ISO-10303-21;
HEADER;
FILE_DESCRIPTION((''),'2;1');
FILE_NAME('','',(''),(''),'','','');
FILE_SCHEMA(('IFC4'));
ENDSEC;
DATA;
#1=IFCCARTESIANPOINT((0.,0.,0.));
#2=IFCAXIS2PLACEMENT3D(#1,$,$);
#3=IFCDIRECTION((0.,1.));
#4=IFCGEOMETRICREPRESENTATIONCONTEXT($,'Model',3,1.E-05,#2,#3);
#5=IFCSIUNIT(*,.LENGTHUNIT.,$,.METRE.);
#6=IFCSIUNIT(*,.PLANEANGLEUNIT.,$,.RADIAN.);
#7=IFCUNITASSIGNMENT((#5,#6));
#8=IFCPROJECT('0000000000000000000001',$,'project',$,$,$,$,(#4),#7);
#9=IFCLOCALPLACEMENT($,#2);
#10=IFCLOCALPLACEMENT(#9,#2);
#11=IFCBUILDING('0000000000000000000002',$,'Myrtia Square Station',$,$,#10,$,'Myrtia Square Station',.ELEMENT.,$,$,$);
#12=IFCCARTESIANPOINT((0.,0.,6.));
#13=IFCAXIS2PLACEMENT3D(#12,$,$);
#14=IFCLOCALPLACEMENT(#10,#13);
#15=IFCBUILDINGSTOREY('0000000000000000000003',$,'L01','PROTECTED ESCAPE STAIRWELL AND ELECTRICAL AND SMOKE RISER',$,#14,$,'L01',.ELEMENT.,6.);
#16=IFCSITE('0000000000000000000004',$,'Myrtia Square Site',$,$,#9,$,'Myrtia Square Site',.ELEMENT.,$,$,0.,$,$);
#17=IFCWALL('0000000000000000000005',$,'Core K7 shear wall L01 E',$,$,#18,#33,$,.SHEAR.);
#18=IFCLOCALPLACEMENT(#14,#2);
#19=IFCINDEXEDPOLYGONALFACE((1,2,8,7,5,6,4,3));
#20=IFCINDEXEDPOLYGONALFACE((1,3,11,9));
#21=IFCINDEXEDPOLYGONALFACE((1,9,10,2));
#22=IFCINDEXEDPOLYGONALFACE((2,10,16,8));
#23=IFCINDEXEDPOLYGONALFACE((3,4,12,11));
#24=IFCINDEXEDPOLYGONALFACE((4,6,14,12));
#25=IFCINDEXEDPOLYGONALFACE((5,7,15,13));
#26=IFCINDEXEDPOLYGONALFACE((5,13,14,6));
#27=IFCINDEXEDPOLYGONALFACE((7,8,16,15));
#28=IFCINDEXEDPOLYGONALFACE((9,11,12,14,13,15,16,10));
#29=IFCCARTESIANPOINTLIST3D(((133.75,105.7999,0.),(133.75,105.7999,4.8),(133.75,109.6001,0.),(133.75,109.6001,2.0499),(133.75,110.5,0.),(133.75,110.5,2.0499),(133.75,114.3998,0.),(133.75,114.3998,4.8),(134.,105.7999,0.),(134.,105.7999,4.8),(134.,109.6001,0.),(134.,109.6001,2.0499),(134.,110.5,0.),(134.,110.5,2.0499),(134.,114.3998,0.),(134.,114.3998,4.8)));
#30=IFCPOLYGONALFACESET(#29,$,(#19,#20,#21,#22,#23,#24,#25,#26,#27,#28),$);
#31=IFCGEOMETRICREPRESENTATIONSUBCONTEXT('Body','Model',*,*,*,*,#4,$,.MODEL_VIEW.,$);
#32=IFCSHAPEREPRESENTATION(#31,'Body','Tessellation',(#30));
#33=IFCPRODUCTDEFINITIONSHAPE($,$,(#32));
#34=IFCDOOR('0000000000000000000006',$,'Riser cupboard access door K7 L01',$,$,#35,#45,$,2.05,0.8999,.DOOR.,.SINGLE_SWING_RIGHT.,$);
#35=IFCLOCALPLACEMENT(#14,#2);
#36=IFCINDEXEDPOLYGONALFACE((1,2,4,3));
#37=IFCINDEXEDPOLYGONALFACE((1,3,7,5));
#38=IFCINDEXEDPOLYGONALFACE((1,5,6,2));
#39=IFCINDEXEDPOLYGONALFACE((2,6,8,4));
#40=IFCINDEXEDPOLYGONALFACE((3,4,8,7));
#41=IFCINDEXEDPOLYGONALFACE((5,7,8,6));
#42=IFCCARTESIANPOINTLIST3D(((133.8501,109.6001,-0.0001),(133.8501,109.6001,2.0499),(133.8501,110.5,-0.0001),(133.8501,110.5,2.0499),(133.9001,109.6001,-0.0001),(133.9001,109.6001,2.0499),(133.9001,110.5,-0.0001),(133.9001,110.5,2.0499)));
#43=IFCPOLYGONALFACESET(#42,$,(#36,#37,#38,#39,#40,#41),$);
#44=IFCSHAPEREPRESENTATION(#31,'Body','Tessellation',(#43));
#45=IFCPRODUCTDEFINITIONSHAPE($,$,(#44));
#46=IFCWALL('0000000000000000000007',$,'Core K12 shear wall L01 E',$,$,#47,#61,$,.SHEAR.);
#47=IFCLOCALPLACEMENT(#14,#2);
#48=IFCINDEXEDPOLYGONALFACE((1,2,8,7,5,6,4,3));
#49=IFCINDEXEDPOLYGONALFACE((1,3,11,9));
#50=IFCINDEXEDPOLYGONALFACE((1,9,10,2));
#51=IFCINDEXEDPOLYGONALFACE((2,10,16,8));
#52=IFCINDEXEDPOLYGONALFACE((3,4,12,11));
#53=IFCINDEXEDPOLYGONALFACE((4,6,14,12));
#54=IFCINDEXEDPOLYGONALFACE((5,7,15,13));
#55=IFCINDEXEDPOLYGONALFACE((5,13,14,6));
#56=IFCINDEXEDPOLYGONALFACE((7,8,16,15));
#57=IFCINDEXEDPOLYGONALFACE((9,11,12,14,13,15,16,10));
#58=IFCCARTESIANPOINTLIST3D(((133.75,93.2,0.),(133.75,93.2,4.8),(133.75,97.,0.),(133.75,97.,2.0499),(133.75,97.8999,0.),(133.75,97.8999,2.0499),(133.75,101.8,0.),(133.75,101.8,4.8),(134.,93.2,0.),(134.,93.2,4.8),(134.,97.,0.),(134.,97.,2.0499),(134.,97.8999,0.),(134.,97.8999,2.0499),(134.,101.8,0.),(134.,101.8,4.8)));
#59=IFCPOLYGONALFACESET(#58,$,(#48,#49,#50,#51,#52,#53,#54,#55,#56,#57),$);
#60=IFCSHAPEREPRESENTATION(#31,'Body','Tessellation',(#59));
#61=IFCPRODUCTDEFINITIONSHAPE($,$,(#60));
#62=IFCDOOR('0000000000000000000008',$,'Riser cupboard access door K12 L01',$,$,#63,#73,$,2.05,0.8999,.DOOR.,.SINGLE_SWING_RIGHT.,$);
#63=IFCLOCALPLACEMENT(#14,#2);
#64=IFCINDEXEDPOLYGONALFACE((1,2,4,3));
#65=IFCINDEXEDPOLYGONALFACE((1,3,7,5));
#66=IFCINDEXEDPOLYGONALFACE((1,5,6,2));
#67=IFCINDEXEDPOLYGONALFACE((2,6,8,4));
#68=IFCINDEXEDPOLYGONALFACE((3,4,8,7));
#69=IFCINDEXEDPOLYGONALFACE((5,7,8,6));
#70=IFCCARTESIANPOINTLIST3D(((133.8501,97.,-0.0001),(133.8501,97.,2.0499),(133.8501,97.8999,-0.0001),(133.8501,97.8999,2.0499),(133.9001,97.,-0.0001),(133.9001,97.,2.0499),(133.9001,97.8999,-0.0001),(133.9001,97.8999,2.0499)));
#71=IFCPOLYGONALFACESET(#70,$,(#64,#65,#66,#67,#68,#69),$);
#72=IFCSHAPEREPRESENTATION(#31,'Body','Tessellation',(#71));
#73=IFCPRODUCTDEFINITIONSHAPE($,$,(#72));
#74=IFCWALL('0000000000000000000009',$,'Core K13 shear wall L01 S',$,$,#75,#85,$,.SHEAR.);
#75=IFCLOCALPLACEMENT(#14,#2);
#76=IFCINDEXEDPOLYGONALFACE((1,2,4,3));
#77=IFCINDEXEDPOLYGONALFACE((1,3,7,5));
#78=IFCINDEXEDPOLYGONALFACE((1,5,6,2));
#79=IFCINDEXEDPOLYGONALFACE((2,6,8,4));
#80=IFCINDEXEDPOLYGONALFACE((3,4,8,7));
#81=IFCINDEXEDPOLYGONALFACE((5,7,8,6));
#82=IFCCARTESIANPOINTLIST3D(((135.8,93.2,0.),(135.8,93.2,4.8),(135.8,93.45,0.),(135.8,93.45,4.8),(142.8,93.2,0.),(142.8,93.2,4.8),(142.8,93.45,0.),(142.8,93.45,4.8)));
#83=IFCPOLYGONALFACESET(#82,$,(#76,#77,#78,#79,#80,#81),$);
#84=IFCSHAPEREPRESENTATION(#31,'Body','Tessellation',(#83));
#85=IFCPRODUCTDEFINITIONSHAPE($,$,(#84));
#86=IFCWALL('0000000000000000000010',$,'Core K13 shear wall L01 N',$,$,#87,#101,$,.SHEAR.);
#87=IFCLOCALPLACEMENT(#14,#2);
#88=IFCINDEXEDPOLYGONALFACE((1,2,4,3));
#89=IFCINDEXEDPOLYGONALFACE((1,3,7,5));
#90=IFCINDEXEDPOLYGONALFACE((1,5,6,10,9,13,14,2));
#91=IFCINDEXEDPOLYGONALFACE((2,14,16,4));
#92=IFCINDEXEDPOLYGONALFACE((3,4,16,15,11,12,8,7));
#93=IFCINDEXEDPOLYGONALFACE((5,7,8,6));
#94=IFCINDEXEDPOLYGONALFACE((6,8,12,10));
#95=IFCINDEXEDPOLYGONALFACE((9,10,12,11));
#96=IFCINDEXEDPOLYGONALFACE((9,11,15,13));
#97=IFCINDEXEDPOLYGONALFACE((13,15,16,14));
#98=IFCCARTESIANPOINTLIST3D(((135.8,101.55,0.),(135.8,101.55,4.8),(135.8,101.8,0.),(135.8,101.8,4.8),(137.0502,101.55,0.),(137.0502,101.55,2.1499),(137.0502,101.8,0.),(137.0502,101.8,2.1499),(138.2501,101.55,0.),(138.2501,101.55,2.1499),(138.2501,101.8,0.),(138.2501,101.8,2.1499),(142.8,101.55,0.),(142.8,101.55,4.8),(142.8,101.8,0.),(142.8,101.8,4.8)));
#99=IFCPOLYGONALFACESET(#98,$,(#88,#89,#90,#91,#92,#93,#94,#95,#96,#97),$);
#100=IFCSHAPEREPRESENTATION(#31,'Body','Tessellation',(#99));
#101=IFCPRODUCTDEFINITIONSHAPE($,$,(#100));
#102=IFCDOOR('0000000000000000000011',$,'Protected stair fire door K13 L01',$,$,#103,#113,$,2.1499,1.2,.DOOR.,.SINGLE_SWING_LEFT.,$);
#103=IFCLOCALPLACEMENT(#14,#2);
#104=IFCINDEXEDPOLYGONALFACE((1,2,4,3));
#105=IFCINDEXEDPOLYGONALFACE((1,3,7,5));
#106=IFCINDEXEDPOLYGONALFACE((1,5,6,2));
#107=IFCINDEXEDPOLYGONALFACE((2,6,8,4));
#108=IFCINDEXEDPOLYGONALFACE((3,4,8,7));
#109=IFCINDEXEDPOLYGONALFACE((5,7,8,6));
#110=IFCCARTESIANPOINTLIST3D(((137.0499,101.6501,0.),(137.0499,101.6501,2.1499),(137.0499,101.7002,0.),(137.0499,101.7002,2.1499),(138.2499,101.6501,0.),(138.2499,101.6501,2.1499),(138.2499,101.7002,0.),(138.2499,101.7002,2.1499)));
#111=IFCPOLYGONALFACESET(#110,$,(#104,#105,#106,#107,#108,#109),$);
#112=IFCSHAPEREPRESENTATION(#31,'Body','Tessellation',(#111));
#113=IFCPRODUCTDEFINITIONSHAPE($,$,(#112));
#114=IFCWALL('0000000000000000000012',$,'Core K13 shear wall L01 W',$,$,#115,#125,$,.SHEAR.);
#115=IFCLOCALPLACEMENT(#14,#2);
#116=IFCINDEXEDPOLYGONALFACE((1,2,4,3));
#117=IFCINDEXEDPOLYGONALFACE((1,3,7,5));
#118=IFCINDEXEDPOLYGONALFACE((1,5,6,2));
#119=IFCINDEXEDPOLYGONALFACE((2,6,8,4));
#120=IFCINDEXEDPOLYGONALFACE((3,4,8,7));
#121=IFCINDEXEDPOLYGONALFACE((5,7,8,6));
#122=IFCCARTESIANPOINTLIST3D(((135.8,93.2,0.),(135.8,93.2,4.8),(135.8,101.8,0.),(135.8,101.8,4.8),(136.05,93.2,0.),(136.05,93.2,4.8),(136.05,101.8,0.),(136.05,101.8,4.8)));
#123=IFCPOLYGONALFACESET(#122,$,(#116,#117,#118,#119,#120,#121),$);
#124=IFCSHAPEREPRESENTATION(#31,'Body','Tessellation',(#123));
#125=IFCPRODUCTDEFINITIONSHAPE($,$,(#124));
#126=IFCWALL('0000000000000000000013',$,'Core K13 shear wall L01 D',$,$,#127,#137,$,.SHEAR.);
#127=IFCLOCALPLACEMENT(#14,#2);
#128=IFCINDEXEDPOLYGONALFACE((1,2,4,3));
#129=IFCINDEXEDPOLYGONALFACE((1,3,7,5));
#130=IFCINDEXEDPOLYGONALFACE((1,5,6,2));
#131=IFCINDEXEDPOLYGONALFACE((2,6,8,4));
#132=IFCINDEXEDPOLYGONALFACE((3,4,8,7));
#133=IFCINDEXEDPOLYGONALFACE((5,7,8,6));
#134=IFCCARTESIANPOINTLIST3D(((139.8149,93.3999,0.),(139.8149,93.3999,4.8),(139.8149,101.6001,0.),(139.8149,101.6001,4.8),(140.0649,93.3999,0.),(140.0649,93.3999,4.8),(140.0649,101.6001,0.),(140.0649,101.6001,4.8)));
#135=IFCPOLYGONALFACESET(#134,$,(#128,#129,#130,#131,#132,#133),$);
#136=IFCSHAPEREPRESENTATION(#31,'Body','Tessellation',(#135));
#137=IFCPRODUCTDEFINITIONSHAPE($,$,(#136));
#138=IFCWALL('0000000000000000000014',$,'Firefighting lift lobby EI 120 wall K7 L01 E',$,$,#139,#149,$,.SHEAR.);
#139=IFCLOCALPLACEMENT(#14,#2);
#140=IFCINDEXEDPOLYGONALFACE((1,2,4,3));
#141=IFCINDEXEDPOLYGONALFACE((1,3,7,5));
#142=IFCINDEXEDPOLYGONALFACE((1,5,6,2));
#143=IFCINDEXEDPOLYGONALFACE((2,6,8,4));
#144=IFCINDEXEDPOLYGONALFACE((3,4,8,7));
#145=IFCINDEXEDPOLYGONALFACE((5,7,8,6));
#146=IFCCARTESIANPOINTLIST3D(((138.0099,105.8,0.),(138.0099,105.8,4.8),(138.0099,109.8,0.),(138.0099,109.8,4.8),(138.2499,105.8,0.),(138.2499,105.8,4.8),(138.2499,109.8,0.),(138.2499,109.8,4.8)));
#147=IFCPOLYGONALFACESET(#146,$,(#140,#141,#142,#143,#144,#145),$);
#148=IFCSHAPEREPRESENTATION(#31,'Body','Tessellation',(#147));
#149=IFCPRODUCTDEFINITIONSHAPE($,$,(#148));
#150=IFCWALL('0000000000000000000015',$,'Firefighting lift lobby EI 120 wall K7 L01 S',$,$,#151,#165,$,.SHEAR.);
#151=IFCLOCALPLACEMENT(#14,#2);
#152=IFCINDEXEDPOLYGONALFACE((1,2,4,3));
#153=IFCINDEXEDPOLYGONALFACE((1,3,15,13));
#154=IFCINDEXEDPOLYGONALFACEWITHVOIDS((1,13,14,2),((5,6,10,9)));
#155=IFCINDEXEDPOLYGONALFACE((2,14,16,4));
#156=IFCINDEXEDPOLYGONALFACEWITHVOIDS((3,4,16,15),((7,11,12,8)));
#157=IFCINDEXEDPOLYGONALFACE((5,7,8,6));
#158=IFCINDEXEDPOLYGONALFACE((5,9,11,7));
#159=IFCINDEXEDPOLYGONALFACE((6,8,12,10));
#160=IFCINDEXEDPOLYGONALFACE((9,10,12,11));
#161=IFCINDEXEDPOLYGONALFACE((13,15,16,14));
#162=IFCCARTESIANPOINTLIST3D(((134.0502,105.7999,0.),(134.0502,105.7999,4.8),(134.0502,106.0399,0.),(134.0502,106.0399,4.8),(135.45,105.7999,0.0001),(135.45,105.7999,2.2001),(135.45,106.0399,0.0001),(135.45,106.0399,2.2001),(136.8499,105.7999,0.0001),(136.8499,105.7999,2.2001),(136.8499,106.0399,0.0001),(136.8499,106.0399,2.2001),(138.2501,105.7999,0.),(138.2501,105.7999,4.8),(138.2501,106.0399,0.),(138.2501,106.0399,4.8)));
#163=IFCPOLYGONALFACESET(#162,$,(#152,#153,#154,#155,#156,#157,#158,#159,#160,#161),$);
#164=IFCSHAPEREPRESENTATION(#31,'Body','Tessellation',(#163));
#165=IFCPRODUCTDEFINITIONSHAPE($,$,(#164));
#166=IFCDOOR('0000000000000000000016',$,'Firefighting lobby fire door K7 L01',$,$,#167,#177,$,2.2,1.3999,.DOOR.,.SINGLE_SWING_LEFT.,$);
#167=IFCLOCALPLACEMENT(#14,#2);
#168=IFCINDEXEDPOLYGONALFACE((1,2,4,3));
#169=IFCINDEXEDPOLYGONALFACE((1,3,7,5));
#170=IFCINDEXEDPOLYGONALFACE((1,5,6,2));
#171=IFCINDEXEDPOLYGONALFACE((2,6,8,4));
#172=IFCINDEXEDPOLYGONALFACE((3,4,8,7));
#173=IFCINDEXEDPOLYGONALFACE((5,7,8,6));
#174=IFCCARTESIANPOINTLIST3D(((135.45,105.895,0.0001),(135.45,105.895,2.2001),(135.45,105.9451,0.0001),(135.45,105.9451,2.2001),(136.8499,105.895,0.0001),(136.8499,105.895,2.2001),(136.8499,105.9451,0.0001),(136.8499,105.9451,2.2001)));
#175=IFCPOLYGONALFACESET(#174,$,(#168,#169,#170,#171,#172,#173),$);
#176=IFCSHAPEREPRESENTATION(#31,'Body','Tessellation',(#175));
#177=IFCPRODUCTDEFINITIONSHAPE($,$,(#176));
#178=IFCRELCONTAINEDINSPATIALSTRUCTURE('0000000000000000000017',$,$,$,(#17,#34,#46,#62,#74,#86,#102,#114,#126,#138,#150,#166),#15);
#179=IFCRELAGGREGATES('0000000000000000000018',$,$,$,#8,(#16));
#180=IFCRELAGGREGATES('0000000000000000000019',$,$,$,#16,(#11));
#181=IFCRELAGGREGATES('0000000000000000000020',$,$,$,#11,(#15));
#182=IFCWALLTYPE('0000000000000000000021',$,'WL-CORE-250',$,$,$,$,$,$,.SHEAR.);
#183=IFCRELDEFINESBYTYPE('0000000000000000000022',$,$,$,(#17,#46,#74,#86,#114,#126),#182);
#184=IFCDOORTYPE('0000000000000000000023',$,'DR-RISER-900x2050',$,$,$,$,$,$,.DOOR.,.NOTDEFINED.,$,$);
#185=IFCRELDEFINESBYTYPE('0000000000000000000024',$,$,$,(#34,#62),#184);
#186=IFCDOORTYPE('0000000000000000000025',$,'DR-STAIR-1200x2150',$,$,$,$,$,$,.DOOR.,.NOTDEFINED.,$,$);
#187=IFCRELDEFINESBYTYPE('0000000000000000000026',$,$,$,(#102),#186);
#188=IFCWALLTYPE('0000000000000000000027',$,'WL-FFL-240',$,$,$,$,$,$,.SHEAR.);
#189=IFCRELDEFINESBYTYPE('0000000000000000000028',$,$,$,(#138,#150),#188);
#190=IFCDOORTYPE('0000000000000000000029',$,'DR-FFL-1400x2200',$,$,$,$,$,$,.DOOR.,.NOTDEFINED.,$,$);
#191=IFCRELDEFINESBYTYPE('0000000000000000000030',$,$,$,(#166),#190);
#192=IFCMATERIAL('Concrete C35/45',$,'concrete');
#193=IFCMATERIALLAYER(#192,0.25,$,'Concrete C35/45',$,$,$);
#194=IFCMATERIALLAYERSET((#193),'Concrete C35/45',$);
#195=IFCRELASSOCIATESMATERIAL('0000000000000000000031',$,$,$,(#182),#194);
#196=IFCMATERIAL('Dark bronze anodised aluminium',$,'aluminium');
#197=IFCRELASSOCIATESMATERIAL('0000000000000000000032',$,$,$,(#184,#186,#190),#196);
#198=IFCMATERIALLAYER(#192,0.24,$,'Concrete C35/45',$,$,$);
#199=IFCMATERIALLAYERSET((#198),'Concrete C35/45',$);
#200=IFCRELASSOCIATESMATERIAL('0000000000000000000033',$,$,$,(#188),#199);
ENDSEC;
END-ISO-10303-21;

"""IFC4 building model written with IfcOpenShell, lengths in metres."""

from ifc_helpers import new_model, si_unit, direction, frame, frame_2d, origin, place, context, subcontext, project, spatial, rectangle, extrude, material, layer, layer_set, type_object, element, fill, save


model = new_model("IFC4")

# Units and contexts
model_context = context("Model", 3, precision=1e-05, world=origin(), true_north=direction((0.0, 1.0)))
body_context = subcontext(model_context, "Body", "Model", "MODEL_VIEW")
ifc_project = project(units=[si_unit("LENGTHUNIT", "METRE"), si_unit("PLANEANGLEUNIT", "RADIAN")], contexts=[model_context])

# Site, building, storey
site_placement = place(None, origin())
site = spatial("IfcSite", under=ifc_project, at=site_placement, Name="Myrtia Square Site", LongName="Myrtia Square Site", CompositionType="ELEMENT", RefElevation=0.0)
building_placement = place(site_placement, origin())
building = spatial("IfcBuilding", under=site, at=building_placement, Name="Myrtia Square Station", LongName="Myrtia Square Station", CompositionType="ELEMENT")
storey_placement = place(building_placement, frame((0.0, 0.0, 6.0)))
storey = spatial("IfcBuildingStorey", under=building, at=storey_placement, Name="L01", Description="PROTECTED ESCAPE STAIRWELL AND ELECTRICAL AND SMOKE RISER", LongName="L01", CompositionType="ELEMENT", Elevation=6.0)

# Walls, openings, doors
ifc_material_1 = material(Name="Concrete C35/45", Category="concrete")
ifc_layer_1 = layer(ifc_material_1, 0.25, Name="Concrete C35/45")
ifc_layer_set_1 = layer_set([ifc_layer_1], Name="Concrete C35/45")
wall_type_1 = type_object("IfcWallType", Name="WL-CORE-250", PredefinedType="SHEAR", material=ifc_layer_set_1)
wall_1_placement = place(storey_placement, frame((133.875, 105.8, 0.0), z_axis=(0.0, 0.0, 1.0), x_axis=(0.0, 1.0, 0.0)))
wall_1 = element("IfcWall", 1, at=wall_1_placement, inside=storey, type_object=wall_type_1, Name="Core K7 shear wall L01 E", PredefinedType="SHEAR", context=body_context, shape_type="SweptSolid", body=[
    extrude(rectangle(XDim=8.5999, YDim=0.25, at=frame_2d((4.2998, 0.0))), origin(), (0.0, 0.0, 1.0), 4.8),
])
opening_1_placement = place(wall_1_placement, frame((3.8, 0.0, 0.0)))
opening_1 = element("IfcOpeningElement", 2, at=opening_1_placement, cuts=wall_1, PredefinedType="OPENING", context=body_context, shape_type="SweptSolid", body=[
    extrude(rectangle(XDim=0.8999, YDim=2.05, at=frame_2d((0.45, 1.0249))), frame((0.0, 0.1399, 0.0), z_axis=(0.0, -1.0, 0.0), x_axis=(1.0, 0.0, 0.0)), (0.0, 0.0, 1.0), 0.28),
])
ifc_material_2 = material(Name="Dark bronze anodised aluminium", Category="aluminium")
door_type_1 = type_object("IfcDoorType", Name="DR-RISER-900x2050", OperationType="NOTDEFINED", PredefinedType="DOOR", material=ifc_material_2)
door_1_placement = place(opening_1_placement, origin())
door_1 = element("IfcDoor", 3, at=door_1_placement, inside=storey, type_object=door_type_1, Name="Riser cupboard access door K7 L01", OperationType="SINGLE_SWING_RIGHT", OverallHeight=2.05, OverallWidth=0.8999, PredefinedType="DOOR", context=body_context, shape_type="SweptSolid", body=[
    extrude(rectangle(XDim=0.8999, YDim=2.05, at=frame_2d((0.45, 1.0249))), frame((0.0, 0.0249, 0.0), z_axis=(0.0, -1.0, 0.0), x_axis=(1.0, 0.0, 0.0)), (0.0, 0.0, 1.0), 0.05),
])
fill(opening_1, door_1)
wall_2_placement = place(storey_placement, frame((133.875, 93.2, 0.0), z_axis=(0.0, 0.0, 1.0), x_axis=(0.0, 1.0, 0.0)))
wall_2 = element("IfcWall", 4, at=wall_2_placement, inside=storey, type_object=wall_type_1, Name="Core K12 shear wall L01 E", PredefinedType="SHEAR", context=body_context, shape_type="SweptSolid", body=[
    extrude(rectangle(XDim=8.6001, YDim=0.25, at=frame_2d((4.3, 0.0))), origin(), (0.0, 0.0, 1.0), 4.8),
])
opening_2_placement = place(wall_2_placement, frame((3.8, 0.0, 0.0)))
opening_2 = element("IfcOpeningElement", 5, at=opening_2_placement, cuts=wall_2, PredefinedType="OPENING", context=body_context, shape_type="SweptSolid", body=[
    extrude(rectangle(XDim=0.8999, YDim=2.05, at=frame_2d((0.45, 1.0249))), frame((0.0, 0.1399, 0.0), z_axis=(0.0, -1.0, 0.0), x_axis=(1.0, 0.0, 0.0)), (0.0, 0.0, 1.0), 0.28),
])
door_2_placement = place(opening_2_placement, origin())
door_2 = element("IfcDoor", 6, at=door_2_placement, inside=storey, type_object=door_type_1, Name="Riser cupboard access door K12 L01", OperationType="SINGLE_SWING_RIGHT", OverallHeight=2.05, OverallWidth=0.8999, PredefinedType="DOOR", context=body_context, shape_type="SweptSolid", body=[
    extrude(rectangle(XDim=0.8999, YDim=2.05, at=frame_2d((0.45, 1.0249))), frame((0.0, 0.0249, 0.0), z_axis=(0.0, -1.0, 0.0), x_axis=(1.0, 0.0, 0.0)), (0.0, 0.0, 1.0), 0.05),
])
fill(opening_2, door_2)

# Wall
wall_3_placement = place(storey_placement, frame((135.8, 93.325, 0.0), z_axis=(0.0, 0.0, 1.0), x_axis=(1.0, 0.0, 0.0)))
element("IfcWall", 7, at=wall_3_placement, inside=storey, type_object=wall_type_1, Name="Core K13 shear wall L01 S", PredefinedType="SHEAR", context=body_context, shape_type="SweptSolid", body=[
    extrude(rectangle(XDim=7.0, YDim=0.25, at=frame_2d((3.5, 0.0))), origin(), (0.0, 0.0, 1.0), 4.8),
])

# Wall, opening, door
wall_4_placement = place(storey_placement, frame((135.8, 101.675, 0.0), z_axis=(0.0, 0.0, 1.0), x_axis=(1.0, 0.0, 0.0)))
wall_4 = element("IfcWall", 8, at=wall_4_placement, inside=storey, type_object=wall_type_1, Name="Core K13 shear wall L01 N", PredefinedType="SHEAR", context=body_context, shape_type="SweptSolid", body=[
    extrude(rectangle(XDim=7.0, YDim=0.25, at=frame_2d((3.5, 0.0))), origin(), (0.0, 0.0, 1.0), 4.8),
])
opening_3_placement = place(wall_4_placement, frame((1.25, 0.0, 0.0)))
opening_3 = element("IfcOpeningElement", 9, at=opening_3_placement, cuts=wall_4, PredefinedType="OPENING", context=body_context, shape_type="SweptSolid", body=[
    extrude(rectangle(XDim=1.2, YDim=2.1499, at=frame_2d((0.6001, 1.075))), frame((0.0, 0.1399, 0.0), z_axis=(0.0, -1.0, 0.0), x_axis=(1.0, 0.0, 0.0)), (0.0, 0.0, 1.0), 0.28),
])
door_type_2 = type_object("IfcDoorType", Name="DR-STAIR-1200x2150", OperationType="NOTDEFINED", PredefinedType="DOOR", material=ifc_material_2)
door_3_placement = place(opening_3_placement, frame((1.2, 0.0, 0.0), z_axis=(0.0, 0.0, 1.0), x_axis=(-1.0, 0.0, 0.0)))
door_3 = element("IfcDoor", 10, at=door_3_placement, inside=storey, type_object=door_type_2, Name="Protected stair fire door K13 L01", OperationType="SINGLE_SWING_LEFT", OverallHeight=2.1499, OverallWidth=1.2, PredefinedType="DOOR", context=body_context, shape_type="SweptSolid", body=[
    extrude(rectangle(XDim=1.2, YDim=2.1499, at=frame_2d((0.6001, 1.075))), frame((0.0, 0.0249, 0.0), z_axis=(0.0, -1.0, 0.0), x_axis=(1.0, 0.0, 0.0)), (0.0, 0.0, 1.0), 0.05),
])
fill(opening_3, door_3)

# Walls
wall_5_placement = place(storey_placement, frame((135.925, 93.2, 0.0), z_axis=(0.0, 0.0, 1.0), x_axis=(0.0, 1.0, 0.0)))
element("IfcWall", 11, at=wall_5_placement, inside=storey, type_object=wall_type_1, Name="Core K13 shear wall L01 W", PredefinedType="SHEAR", context=body_context, shape_type="SweptSolid", body=[
    extrude(rectangle(XDim=8.6001, YDim=0.25, at=frame_2d((4.3, 0.0))), origin(), (0.0, 0.0, 1.0), 4.8),
])
wall_6_placement = place(storey_placement, frame((139.9399, 93.3999, 0.0), z_axis=(0.0, 0.0, 1.0), x_axis=(0.0, 1.0, 0.0)))
element("IfcWall", 12, at=wall_6_placement, inside=storey, type_object=wall_type_1, Name="Core K13 shear wall L01 D", PredefinedType="SHEAR", context=body_context, shape_type="SweptSolid", body=[
    extrude(rectangle(XDim=8.2002, YDim=0.25, at=frame_2d((4.1001, 0.0))), origin(), (0.0, 0.0, 1.0), 4.8),
])
ifc_layer_2 = layer(ifc_material_1, 0.24, Name="Concrete C35/45")
ifc_layer_set_2 = layer_set([ifc_layer_2], Name="Concrete C35/45")
wall_type_2 = type_object("IfcWallType", Name="WL-FFL-240", PredefinedType="SHEAR", material=ifc_layer_set_2)
wall_7_placement = place(storey_placement, frame((138.1299, 105.8, 0.0), z_axis=(0.0, 0.0, 1.0), x_axis=(0.0, 1.0, 0.0)))
element("IfcWall", 13, at=wall_7_placement, inside=storey, type_object=wall_type_2, Name="Firefighting lift lobby EI 120 wall K7 L01 E", PredefinedType="SHEAR", context=body_context, shape_type="SweptSolid", body=[
    extrude(rectangle(XDim=4.0, YDim=0.24, at=frame_2d((2.0, 0.0))), origin(), (0.0, 0.0, 1.0), 4.8),
])

# Wall, opening, door
wall_8_placement = place(storey_placement, frame((134.05, 105.9199, 0.0), z_axis=(0.0, 0.0, 1.0), x_axis=(1.0, 0.0, 0.0)))
wall_8 = element("IfcWall", 14, at=wall_8_placement, inside=storey, type_object=wall_type_2, Name="Firefighting lift lobby EI 120 wall K7 L01 S", PredefinedType="SHEAR", context=body_context, shape_type="SweptSolid", body=[
    extrude(rectangle(XDim=4.2, YDim=0.24, at=frame_2d((2.1001, 0.0))), origin(), (0.0, 0.0, 1.0), 4.8),
])
opening_4_placement = place(wall_8_placement, frame((1.3999, 0.0, 0.0)))
opening_4 = element("IfcOpeningElement", 15, at=opening_4_placement, cuts=wall_8, PredefinedType="OPENING", context=body_context, shape_type="SweptSolid", body=[
    extrude(rectangle(XDim=1.3999, YDim=2.2, at=frame_2d((0.7, 1.1001))), frame((0.0, 0.135, 0.0), z_axis=(0.0, -1.0, 0.0), x_axis=(1.0, 0.0, 0.0)), (0.0, 0.0, 1.0), 0.27),
])
door_type_3 = type_object("IfcDoorType", Name="DR-FFL-1400x2200", OperationType="NOTDEFINED", PredefinedType="DOOR", material=ifc_material_2)
door_4_placement = place(opening_4_placement, frame((1.3999, 0.0, 0.0), z_axis=(0.0, 0.0, 1.0), x_axis=(-1.0, 0.0, 0.0)))
door_4 = element("IfcDoor", 16, at=door_4_placement, inside=storey, type_object=door_type_3, Name="Firefighting lobby fire door K7 L01", OperationType="SINGLE_SWING_LEFT", OverallHeight=2.2, OverallWidth=1.3999, PredefinedType="DOOR", context=body_context, shape_type="SweptSolid", body=[
    extrude(rectangle(XDim=1.3999, YDim=2.2, at=frame_2d((0.7, 1.1001))), frame((0.0, 0.0249, 0.0), z_axis=(0.0, -1.0, 0.0), x_axis=(1.0, 0.0, 0.0)), (0.0, 0.0, 1.0), 0.05),
])
fill(opening_4, door_4)

save(model, "model.ifc")
